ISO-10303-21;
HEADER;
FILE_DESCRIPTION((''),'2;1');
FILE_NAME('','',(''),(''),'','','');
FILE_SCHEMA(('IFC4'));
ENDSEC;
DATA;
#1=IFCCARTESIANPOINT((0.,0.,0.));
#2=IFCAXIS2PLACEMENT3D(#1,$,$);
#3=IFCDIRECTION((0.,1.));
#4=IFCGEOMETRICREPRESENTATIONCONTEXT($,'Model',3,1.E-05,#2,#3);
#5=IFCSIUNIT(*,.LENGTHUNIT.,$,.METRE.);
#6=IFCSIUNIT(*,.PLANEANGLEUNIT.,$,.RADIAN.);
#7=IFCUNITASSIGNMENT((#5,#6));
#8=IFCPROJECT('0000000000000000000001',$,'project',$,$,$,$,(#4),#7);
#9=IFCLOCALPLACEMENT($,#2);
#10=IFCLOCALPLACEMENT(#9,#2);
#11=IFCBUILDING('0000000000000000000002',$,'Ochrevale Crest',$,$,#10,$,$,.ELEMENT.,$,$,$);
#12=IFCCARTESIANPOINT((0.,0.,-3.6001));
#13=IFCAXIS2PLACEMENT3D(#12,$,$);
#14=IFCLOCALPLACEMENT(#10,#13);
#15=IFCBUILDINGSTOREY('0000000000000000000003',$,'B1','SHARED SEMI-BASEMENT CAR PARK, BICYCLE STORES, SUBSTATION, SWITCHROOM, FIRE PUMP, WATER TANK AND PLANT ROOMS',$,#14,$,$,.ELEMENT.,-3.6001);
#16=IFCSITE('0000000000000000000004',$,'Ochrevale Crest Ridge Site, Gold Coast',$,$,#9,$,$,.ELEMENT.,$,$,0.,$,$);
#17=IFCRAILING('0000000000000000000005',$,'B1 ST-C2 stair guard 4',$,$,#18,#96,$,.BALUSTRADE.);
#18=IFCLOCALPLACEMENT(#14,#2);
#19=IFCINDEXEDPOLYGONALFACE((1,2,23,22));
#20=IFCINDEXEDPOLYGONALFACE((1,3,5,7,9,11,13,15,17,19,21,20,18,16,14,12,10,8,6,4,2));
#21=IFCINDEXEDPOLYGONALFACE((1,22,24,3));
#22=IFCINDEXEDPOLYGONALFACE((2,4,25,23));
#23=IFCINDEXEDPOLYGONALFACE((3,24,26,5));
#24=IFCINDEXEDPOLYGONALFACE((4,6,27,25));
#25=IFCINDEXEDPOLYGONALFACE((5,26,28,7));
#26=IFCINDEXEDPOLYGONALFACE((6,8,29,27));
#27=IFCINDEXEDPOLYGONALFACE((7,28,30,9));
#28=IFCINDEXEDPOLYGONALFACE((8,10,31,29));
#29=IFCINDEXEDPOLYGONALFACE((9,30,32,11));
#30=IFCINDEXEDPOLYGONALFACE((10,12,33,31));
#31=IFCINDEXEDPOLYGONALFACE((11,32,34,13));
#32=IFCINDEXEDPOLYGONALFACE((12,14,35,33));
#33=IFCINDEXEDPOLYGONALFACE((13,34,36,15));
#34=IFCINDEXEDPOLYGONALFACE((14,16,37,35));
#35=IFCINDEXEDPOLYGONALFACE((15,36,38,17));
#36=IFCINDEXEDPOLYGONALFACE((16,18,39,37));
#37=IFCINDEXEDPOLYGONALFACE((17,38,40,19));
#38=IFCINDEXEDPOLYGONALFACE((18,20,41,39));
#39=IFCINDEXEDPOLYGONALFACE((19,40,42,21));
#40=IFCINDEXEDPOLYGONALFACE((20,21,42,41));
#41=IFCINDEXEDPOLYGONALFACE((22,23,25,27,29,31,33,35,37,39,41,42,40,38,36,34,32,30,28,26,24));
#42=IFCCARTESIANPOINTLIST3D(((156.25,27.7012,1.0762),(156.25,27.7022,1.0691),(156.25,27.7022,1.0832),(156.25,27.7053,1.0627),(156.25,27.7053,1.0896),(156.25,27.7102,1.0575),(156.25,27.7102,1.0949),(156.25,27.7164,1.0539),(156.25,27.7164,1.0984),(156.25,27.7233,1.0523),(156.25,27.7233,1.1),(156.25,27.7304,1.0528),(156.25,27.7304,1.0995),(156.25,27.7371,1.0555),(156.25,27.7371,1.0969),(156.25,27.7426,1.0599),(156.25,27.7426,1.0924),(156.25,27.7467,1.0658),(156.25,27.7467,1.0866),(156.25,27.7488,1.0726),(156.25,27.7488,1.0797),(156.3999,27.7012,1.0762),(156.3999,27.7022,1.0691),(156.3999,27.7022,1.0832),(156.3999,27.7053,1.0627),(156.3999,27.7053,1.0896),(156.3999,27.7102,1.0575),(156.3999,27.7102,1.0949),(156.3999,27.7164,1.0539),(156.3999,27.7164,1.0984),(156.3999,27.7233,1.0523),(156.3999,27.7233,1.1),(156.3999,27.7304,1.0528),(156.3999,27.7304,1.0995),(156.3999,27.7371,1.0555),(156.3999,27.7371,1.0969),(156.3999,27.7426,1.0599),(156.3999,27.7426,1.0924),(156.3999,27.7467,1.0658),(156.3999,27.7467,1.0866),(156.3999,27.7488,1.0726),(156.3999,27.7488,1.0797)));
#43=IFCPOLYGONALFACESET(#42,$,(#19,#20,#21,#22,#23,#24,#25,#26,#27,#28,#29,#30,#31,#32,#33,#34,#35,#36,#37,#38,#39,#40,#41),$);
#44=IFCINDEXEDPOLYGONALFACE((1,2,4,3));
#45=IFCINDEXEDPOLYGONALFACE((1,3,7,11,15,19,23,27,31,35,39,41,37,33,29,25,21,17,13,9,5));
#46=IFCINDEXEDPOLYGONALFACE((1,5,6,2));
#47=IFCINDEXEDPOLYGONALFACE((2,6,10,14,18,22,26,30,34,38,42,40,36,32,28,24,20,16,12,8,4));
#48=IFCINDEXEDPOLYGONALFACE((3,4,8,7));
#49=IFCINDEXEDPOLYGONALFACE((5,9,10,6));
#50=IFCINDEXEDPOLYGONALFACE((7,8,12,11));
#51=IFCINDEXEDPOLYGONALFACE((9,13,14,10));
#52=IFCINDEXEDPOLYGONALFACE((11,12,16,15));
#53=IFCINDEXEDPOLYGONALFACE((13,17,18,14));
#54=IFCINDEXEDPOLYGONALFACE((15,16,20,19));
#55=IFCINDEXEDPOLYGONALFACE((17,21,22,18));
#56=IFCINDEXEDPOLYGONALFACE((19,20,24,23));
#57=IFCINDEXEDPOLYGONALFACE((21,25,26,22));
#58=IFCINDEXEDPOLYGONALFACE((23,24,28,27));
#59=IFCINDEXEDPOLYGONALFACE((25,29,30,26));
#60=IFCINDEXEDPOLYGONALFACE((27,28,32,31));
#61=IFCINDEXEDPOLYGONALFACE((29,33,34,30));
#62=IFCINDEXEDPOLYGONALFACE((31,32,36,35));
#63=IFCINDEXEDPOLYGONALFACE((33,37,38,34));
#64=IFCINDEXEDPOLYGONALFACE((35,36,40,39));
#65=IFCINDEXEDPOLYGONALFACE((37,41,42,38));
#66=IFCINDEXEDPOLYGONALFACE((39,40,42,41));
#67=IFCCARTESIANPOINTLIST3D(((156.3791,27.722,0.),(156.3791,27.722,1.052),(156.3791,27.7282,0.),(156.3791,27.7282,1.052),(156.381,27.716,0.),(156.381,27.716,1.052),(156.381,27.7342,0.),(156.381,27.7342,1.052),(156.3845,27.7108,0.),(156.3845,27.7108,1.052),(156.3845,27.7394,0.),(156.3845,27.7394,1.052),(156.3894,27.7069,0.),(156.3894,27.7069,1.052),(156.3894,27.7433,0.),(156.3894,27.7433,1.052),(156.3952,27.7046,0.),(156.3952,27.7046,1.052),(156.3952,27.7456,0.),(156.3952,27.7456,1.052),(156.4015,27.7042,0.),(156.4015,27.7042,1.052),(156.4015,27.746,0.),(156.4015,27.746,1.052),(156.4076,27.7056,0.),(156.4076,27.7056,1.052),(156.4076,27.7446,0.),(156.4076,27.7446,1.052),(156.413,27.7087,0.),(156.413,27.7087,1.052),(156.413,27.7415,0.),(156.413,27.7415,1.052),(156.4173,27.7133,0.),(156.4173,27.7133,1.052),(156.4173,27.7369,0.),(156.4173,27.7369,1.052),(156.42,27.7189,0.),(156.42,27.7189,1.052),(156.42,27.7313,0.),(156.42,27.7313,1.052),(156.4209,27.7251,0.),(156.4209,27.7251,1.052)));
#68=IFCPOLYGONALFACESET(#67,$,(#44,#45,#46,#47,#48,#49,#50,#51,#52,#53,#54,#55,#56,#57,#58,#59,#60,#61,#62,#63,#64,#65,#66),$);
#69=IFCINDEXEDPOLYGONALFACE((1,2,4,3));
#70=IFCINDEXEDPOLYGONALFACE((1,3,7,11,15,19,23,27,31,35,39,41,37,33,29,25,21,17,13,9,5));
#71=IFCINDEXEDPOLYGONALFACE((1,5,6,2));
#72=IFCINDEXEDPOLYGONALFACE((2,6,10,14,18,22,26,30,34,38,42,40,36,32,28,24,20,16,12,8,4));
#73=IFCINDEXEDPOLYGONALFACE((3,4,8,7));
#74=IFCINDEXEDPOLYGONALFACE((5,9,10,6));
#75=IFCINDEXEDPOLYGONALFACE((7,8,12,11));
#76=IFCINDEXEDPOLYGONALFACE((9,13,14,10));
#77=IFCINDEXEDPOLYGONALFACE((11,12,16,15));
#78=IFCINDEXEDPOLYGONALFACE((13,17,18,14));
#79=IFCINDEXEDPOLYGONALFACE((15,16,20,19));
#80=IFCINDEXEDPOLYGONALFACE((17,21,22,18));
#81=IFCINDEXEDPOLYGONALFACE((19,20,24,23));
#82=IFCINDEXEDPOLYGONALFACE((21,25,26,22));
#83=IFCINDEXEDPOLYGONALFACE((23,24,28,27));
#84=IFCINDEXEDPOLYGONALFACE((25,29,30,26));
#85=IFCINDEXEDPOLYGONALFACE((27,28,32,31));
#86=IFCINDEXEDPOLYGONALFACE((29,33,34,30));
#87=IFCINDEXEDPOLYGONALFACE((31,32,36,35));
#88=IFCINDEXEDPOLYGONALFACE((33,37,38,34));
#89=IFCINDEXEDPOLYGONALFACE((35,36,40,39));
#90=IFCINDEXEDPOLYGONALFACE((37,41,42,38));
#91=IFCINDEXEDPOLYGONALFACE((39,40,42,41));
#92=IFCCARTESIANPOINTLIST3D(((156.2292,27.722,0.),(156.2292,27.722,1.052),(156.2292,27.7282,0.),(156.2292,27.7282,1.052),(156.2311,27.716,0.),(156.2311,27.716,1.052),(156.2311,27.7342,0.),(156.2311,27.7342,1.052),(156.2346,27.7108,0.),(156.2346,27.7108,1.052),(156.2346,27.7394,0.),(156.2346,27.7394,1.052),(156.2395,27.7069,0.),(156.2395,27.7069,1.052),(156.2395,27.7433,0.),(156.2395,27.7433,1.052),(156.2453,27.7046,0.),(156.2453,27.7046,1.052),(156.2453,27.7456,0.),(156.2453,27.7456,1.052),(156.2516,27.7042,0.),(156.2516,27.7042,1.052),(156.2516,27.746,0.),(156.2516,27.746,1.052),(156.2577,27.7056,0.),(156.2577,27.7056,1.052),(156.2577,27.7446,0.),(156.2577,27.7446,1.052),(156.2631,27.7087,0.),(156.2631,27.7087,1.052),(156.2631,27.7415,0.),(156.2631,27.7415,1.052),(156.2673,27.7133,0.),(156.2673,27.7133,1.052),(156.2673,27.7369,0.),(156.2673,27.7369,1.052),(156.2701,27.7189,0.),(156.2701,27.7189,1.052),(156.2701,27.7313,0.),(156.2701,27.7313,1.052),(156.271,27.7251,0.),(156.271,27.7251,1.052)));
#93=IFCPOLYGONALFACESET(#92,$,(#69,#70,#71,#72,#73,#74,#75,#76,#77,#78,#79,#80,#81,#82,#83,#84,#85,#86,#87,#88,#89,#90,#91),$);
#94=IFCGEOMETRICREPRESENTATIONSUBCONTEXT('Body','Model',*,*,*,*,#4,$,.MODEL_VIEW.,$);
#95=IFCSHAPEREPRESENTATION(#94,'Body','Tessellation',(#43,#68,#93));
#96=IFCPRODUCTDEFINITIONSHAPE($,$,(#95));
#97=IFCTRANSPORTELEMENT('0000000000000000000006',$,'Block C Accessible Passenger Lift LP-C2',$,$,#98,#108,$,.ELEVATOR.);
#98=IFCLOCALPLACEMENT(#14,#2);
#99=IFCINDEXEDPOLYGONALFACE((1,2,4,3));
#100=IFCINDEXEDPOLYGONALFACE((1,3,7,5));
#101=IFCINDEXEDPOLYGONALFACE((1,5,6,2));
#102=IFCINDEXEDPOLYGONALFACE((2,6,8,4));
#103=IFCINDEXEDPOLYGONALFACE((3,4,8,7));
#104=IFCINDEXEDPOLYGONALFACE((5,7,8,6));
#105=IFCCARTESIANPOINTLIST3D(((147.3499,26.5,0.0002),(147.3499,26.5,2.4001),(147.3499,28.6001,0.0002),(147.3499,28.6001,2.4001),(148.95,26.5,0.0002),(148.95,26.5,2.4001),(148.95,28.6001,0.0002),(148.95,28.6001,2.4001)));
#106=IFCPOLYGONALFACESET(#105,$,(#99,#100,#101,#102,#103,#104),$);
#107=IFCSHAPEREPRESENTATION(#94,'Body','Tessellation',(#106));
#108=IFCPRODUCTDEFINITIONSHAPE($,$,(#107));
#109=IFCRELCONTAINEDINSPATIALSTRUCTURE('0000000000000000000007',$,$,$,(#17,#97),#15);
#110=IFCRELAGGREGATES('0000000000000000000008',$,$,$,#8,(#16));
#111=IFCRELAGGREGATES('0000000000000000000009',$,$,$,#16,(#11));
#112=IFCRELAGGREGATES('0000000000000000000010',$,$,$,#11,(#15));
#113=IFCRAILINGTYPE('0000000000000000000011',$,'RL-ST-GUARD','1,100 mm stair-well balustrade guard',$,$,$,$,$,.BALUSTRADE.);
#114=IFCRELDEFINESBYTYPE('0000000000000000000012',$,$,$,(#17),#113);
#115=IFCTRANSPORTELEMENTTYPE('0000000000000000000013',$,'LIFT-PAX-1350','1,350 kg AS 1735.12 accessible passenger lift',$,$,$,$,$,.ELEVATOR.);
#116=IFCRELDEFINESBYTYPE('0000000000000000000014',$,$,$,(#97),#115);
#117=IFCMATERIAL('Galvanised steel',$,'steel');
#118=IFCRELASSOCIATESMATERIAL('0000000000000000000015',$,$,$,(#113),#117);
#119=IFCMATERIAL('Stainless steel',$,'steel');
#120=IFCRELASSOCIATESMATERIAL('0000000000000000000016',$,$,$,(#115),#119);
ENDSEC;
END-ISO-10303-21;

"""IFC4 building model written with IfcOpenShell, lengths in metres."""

from ifc_helpers import new_model, si_unit, direction, frame, origin, origin_2d, place, context, subcontext, project, spatial, rectangle, circle, extrude, material, type_object, element, save


model = new_model("IFC4")

# Units and contexts
model_context = context("Model", 3, precision=1e-05, world=origin(), true_north=direction((0.0, 1.0)))
body_context = subcontext(model_context, "Body", "Model", "MODEL_VIEW")
ifc_project = project(units=[si_unit("LENGTHUNIT", "METRE"), si_unit("PLANEANGLEUNIT", "RADIAN")], contexts=[model_context])

# Site, building, storey
site_placement = place(None, origin())
site = spatial("IfcSite", under=ifc_project, at=site_placement, Name="Ochrevale Crest Ridge Site, Gold Coast", CompositionType="ELEMENT", RefElevation=0.0)
building_placement = place(site_placement, origin())
building = spatial("IfcBuilding", under=site, at=building_placement, Name="Ochrevale Crest", CompositionType="ELEMENT")
storey_placement = place(building_placement, frame((0.0, 0.0, -3.6001)))
storey = spatial("IfcBuildingStorey", under=building, at=storey_placement, Name="B1", Description="SHARED SEMI-BASEMENT CAR PARK, BICYCLE STORES, SUBSTATION, SWITCHROOM, FIRE PUMP, WATER TANK AND PLANT ROOMS", CompositionType="ELEMENT", Elevation=-3.6001)

# Railing
ifc_material_1 = material(Name="Galvanised steel", Category="steel")
railing_type = type_object("IfcRailingType", Name="RL-ST-GUARD", Description="1,100 mm stair-well balustrade guard", PredefinedType="BALUSTRADE", material=ifc_material_1)
railing_placement = place(storey_placement, frame((156.3999, 27.7251, 0.0)))
element("IfcRailing", 1, at=railing_placement, inside=storey, type_object=railing_type, Name="B1 ST-C2 stair guard 4", PredefinedType="BALUSTRADE", context=body_context, shape_type="SweptSolid", body=[
    extrude(circle(Radius=0.0239, at=origin_2d()), frame((0.0, 0.0, 1.0762), z_axis=(-1.0, 0.0, 0.0), x_axis=(0.0, -1.0, 0.0)), (0.0, 0.0, 1.0), 0.1499),
    extrude(circle(Radius=0.021, at=origin_2d()), origin(), (0.0, 0.0, 1.0), 1.052),
    extrude(circle(Radius=0.021, at=origin_2d()), frame((-0.1499, 0.0, 0.0)), (0.0, 0.0, 1.0), 1.052),
])

# Transport element
ifc_material_2 = material(Name="Stainless steel", Category="steel")
transport_element_type = type_object("IfcTransportElementType", Name="LIFT-PAX-1350", Description="1,350 kg AS 1735.12 accessible passenger lift", PredefinedType="ELEVATOR", material=ifc_material_2)
transport_element_placement = place(storey_placement, frame((148.1499, 27.55, 0.0002), z_axis=(0.0, 0.0, 1.0), x_axis=(1.0, 0.0, 0.0)))
element("IfcTransportElement", 2, at=transport_element_placement, inside=storey, type_object=transport_element_type, Name="Block C Accessible Passenger Lift LP-C2", PredefinedType="ELEVATOR", context=body_context, shape_type="SweptSolid", body=[
    extrude(rectangle(XDim=1.6001, YDim=2.1001, at=origin_2d()), origin(), (0.0, 0.0, 1.0), 2.3999),
])

save(model, "model.ifc")
